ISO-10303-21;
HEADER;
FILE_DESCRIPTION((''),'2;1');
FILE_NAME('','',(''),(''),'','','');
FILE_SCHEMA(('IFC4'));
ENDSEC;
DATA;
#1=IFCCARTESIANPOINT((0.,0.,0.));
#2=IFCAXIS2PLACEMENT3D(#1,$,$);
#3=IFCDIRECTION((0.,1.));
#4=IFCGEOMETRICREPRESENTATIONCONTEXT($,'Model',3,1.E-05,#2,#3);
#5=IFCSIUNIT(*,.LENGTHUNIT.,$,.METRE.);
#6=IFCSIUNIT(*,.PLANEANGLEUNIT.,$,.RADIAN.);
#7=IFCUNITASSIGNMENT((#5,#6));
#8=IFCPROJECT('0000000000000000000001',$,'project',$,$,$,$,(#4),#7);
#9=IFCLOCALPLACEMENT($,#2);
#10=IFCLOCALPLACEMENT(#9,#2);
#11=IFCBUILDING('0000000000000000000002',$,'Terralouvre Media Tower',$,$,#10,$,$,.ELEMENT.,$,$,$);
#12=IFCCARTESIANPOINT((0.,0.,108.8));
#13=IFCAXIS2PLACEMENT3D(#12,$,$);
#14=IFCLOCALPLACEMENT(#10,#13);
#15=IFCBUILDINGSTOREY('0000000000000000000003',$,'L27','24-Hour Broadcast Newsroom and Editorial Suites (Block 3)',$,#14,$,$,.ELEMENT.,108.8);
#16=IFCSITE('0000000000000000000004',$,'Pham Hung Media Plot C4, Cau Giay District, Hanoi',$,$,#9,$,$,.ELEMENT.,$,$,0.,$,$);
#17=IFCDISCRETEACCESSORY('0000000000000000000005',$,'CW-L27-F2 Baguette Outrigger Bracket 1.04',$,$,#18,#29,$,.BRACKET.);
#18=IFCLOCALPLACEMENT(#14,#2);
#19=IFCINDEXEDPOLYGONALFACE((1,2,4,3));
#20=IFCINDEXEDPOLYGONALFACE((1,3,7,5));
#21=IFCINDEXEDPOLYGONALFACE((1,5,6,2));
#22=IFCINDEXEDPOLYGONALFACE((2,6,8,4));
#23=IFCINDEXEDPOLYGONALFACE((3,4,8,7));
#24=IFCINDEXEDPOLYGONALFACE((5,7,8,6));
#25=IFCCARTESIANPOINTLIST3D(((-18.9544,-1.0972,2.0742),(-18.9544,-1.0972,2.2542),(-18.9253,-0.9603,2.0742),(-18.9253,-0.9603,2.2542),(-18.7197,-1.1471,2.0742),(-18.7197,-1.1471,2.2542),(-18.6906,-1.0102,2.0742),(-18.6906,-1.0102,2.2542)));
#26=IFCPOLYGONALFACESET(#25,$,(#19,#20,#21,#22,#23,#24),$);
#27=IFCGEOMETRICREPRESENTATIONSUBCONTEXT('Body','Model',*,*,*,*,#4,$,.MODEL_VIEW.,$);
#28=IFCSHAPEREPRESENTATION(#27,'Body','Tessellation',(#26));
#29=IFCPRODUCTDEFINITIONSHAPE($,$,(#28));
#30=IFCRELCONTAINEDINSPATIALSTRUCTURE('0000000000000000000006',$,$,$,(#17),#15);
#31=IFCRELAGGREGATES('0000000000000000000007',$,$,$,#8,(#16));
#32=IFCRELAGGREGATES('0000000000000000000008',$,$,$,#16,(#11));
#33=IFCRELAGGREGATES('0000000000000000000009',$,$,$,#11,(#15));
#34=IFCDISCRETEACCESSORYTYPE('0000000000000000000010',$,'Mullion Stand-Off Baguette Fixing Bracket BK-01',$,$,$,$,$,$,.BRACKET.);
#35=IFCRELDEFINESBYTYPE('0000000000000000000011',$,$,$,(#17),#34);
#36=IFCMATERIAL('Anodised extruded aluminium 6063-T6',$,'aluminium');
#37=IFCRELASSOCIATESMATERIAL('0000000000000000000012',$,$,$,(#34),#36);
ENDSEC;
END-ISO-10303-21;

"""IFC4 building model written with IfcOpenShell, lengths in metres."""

from ifc_helpers import new_model, si_unit, direction, frame, origin, origin_2d, place, context, subcontext, project, spatial, rectangle, extrude, material, type_object, element, save


model = new_model("IFC4")

# Units and contexts
model_context = context("Model", 3, precision=1e-05, world=origin(), true_north=direction((0.0, 1.0)))
body_context = subcontext(model_context, "Body", "Model", "MODEL_VIEW")
ifc_project = project(units=[si_unit("LENGTHUNIT", "METRE"), si_unit("PLANEANGLEUNIT", "RADIAN")], contexts=[model_context])

# Site, building, storey
site_placement = place(None, origin())
site = spatial("IfcSite", under=ifc_project, at=site_placement, Name="Pham Hung Media Plot C4, Cau Giay District, Hanoi", CompositionType="ELEMENT", RefElevation=0.0)
building_placement = place(site_placement, origin())
building = spatial("IfcBuilding", under=site, at=building_placement, Name="Terralouvre Media Tower", CompositionType="ELEMENT")
storey_placement = place(building_placement, frame((0.0, 0.0, 108.8)))
storey = spatial("IfcBuildingStorey", under=building, at=storey_placement, Name="L27", Description="24-Hour Broadcast Newsroom and Editorial Suites (Block 3)", CompositionType="ELEMENT", Elevation=108.8)

# Discrete accessory
ifc_material_1 = material(Name="Anodised extruded aluminium 6063-T6", Category="aluminium")
discrete_accessory_type = type_object("IfcDiscreteAccessoryType", Name="Mullion Stand-Off Baguette Fixing Bracket BK-01", PredefinedType="BRACKET", material=ifc_material_1)
discrete_accessory_placement = place(storey_placement, frame((-18.8225, -1.0537, 2.0742), z_axis=(0.0, 0.0, 1.0), x_axis=(-0.207912, -0.978148, 0.0)))
element("IfcDiscreteAccessory", 1, at=discrete_accessory_placement, inside=storey, type_object=discrete_accessory_type, Name="CW-L27-F2 Baguette Outrigger Bracket 1.04", PredefinedType="BRACKET", context=body_context, shape_type="SweptSolid", body=[
    extrude(rectangle(XDim=0.1399, YDim=0.24, at=origin_2d()), origin(), (0.0, 0.0, 1.0), 0.1799),
])

save(model, "model.ifc")
